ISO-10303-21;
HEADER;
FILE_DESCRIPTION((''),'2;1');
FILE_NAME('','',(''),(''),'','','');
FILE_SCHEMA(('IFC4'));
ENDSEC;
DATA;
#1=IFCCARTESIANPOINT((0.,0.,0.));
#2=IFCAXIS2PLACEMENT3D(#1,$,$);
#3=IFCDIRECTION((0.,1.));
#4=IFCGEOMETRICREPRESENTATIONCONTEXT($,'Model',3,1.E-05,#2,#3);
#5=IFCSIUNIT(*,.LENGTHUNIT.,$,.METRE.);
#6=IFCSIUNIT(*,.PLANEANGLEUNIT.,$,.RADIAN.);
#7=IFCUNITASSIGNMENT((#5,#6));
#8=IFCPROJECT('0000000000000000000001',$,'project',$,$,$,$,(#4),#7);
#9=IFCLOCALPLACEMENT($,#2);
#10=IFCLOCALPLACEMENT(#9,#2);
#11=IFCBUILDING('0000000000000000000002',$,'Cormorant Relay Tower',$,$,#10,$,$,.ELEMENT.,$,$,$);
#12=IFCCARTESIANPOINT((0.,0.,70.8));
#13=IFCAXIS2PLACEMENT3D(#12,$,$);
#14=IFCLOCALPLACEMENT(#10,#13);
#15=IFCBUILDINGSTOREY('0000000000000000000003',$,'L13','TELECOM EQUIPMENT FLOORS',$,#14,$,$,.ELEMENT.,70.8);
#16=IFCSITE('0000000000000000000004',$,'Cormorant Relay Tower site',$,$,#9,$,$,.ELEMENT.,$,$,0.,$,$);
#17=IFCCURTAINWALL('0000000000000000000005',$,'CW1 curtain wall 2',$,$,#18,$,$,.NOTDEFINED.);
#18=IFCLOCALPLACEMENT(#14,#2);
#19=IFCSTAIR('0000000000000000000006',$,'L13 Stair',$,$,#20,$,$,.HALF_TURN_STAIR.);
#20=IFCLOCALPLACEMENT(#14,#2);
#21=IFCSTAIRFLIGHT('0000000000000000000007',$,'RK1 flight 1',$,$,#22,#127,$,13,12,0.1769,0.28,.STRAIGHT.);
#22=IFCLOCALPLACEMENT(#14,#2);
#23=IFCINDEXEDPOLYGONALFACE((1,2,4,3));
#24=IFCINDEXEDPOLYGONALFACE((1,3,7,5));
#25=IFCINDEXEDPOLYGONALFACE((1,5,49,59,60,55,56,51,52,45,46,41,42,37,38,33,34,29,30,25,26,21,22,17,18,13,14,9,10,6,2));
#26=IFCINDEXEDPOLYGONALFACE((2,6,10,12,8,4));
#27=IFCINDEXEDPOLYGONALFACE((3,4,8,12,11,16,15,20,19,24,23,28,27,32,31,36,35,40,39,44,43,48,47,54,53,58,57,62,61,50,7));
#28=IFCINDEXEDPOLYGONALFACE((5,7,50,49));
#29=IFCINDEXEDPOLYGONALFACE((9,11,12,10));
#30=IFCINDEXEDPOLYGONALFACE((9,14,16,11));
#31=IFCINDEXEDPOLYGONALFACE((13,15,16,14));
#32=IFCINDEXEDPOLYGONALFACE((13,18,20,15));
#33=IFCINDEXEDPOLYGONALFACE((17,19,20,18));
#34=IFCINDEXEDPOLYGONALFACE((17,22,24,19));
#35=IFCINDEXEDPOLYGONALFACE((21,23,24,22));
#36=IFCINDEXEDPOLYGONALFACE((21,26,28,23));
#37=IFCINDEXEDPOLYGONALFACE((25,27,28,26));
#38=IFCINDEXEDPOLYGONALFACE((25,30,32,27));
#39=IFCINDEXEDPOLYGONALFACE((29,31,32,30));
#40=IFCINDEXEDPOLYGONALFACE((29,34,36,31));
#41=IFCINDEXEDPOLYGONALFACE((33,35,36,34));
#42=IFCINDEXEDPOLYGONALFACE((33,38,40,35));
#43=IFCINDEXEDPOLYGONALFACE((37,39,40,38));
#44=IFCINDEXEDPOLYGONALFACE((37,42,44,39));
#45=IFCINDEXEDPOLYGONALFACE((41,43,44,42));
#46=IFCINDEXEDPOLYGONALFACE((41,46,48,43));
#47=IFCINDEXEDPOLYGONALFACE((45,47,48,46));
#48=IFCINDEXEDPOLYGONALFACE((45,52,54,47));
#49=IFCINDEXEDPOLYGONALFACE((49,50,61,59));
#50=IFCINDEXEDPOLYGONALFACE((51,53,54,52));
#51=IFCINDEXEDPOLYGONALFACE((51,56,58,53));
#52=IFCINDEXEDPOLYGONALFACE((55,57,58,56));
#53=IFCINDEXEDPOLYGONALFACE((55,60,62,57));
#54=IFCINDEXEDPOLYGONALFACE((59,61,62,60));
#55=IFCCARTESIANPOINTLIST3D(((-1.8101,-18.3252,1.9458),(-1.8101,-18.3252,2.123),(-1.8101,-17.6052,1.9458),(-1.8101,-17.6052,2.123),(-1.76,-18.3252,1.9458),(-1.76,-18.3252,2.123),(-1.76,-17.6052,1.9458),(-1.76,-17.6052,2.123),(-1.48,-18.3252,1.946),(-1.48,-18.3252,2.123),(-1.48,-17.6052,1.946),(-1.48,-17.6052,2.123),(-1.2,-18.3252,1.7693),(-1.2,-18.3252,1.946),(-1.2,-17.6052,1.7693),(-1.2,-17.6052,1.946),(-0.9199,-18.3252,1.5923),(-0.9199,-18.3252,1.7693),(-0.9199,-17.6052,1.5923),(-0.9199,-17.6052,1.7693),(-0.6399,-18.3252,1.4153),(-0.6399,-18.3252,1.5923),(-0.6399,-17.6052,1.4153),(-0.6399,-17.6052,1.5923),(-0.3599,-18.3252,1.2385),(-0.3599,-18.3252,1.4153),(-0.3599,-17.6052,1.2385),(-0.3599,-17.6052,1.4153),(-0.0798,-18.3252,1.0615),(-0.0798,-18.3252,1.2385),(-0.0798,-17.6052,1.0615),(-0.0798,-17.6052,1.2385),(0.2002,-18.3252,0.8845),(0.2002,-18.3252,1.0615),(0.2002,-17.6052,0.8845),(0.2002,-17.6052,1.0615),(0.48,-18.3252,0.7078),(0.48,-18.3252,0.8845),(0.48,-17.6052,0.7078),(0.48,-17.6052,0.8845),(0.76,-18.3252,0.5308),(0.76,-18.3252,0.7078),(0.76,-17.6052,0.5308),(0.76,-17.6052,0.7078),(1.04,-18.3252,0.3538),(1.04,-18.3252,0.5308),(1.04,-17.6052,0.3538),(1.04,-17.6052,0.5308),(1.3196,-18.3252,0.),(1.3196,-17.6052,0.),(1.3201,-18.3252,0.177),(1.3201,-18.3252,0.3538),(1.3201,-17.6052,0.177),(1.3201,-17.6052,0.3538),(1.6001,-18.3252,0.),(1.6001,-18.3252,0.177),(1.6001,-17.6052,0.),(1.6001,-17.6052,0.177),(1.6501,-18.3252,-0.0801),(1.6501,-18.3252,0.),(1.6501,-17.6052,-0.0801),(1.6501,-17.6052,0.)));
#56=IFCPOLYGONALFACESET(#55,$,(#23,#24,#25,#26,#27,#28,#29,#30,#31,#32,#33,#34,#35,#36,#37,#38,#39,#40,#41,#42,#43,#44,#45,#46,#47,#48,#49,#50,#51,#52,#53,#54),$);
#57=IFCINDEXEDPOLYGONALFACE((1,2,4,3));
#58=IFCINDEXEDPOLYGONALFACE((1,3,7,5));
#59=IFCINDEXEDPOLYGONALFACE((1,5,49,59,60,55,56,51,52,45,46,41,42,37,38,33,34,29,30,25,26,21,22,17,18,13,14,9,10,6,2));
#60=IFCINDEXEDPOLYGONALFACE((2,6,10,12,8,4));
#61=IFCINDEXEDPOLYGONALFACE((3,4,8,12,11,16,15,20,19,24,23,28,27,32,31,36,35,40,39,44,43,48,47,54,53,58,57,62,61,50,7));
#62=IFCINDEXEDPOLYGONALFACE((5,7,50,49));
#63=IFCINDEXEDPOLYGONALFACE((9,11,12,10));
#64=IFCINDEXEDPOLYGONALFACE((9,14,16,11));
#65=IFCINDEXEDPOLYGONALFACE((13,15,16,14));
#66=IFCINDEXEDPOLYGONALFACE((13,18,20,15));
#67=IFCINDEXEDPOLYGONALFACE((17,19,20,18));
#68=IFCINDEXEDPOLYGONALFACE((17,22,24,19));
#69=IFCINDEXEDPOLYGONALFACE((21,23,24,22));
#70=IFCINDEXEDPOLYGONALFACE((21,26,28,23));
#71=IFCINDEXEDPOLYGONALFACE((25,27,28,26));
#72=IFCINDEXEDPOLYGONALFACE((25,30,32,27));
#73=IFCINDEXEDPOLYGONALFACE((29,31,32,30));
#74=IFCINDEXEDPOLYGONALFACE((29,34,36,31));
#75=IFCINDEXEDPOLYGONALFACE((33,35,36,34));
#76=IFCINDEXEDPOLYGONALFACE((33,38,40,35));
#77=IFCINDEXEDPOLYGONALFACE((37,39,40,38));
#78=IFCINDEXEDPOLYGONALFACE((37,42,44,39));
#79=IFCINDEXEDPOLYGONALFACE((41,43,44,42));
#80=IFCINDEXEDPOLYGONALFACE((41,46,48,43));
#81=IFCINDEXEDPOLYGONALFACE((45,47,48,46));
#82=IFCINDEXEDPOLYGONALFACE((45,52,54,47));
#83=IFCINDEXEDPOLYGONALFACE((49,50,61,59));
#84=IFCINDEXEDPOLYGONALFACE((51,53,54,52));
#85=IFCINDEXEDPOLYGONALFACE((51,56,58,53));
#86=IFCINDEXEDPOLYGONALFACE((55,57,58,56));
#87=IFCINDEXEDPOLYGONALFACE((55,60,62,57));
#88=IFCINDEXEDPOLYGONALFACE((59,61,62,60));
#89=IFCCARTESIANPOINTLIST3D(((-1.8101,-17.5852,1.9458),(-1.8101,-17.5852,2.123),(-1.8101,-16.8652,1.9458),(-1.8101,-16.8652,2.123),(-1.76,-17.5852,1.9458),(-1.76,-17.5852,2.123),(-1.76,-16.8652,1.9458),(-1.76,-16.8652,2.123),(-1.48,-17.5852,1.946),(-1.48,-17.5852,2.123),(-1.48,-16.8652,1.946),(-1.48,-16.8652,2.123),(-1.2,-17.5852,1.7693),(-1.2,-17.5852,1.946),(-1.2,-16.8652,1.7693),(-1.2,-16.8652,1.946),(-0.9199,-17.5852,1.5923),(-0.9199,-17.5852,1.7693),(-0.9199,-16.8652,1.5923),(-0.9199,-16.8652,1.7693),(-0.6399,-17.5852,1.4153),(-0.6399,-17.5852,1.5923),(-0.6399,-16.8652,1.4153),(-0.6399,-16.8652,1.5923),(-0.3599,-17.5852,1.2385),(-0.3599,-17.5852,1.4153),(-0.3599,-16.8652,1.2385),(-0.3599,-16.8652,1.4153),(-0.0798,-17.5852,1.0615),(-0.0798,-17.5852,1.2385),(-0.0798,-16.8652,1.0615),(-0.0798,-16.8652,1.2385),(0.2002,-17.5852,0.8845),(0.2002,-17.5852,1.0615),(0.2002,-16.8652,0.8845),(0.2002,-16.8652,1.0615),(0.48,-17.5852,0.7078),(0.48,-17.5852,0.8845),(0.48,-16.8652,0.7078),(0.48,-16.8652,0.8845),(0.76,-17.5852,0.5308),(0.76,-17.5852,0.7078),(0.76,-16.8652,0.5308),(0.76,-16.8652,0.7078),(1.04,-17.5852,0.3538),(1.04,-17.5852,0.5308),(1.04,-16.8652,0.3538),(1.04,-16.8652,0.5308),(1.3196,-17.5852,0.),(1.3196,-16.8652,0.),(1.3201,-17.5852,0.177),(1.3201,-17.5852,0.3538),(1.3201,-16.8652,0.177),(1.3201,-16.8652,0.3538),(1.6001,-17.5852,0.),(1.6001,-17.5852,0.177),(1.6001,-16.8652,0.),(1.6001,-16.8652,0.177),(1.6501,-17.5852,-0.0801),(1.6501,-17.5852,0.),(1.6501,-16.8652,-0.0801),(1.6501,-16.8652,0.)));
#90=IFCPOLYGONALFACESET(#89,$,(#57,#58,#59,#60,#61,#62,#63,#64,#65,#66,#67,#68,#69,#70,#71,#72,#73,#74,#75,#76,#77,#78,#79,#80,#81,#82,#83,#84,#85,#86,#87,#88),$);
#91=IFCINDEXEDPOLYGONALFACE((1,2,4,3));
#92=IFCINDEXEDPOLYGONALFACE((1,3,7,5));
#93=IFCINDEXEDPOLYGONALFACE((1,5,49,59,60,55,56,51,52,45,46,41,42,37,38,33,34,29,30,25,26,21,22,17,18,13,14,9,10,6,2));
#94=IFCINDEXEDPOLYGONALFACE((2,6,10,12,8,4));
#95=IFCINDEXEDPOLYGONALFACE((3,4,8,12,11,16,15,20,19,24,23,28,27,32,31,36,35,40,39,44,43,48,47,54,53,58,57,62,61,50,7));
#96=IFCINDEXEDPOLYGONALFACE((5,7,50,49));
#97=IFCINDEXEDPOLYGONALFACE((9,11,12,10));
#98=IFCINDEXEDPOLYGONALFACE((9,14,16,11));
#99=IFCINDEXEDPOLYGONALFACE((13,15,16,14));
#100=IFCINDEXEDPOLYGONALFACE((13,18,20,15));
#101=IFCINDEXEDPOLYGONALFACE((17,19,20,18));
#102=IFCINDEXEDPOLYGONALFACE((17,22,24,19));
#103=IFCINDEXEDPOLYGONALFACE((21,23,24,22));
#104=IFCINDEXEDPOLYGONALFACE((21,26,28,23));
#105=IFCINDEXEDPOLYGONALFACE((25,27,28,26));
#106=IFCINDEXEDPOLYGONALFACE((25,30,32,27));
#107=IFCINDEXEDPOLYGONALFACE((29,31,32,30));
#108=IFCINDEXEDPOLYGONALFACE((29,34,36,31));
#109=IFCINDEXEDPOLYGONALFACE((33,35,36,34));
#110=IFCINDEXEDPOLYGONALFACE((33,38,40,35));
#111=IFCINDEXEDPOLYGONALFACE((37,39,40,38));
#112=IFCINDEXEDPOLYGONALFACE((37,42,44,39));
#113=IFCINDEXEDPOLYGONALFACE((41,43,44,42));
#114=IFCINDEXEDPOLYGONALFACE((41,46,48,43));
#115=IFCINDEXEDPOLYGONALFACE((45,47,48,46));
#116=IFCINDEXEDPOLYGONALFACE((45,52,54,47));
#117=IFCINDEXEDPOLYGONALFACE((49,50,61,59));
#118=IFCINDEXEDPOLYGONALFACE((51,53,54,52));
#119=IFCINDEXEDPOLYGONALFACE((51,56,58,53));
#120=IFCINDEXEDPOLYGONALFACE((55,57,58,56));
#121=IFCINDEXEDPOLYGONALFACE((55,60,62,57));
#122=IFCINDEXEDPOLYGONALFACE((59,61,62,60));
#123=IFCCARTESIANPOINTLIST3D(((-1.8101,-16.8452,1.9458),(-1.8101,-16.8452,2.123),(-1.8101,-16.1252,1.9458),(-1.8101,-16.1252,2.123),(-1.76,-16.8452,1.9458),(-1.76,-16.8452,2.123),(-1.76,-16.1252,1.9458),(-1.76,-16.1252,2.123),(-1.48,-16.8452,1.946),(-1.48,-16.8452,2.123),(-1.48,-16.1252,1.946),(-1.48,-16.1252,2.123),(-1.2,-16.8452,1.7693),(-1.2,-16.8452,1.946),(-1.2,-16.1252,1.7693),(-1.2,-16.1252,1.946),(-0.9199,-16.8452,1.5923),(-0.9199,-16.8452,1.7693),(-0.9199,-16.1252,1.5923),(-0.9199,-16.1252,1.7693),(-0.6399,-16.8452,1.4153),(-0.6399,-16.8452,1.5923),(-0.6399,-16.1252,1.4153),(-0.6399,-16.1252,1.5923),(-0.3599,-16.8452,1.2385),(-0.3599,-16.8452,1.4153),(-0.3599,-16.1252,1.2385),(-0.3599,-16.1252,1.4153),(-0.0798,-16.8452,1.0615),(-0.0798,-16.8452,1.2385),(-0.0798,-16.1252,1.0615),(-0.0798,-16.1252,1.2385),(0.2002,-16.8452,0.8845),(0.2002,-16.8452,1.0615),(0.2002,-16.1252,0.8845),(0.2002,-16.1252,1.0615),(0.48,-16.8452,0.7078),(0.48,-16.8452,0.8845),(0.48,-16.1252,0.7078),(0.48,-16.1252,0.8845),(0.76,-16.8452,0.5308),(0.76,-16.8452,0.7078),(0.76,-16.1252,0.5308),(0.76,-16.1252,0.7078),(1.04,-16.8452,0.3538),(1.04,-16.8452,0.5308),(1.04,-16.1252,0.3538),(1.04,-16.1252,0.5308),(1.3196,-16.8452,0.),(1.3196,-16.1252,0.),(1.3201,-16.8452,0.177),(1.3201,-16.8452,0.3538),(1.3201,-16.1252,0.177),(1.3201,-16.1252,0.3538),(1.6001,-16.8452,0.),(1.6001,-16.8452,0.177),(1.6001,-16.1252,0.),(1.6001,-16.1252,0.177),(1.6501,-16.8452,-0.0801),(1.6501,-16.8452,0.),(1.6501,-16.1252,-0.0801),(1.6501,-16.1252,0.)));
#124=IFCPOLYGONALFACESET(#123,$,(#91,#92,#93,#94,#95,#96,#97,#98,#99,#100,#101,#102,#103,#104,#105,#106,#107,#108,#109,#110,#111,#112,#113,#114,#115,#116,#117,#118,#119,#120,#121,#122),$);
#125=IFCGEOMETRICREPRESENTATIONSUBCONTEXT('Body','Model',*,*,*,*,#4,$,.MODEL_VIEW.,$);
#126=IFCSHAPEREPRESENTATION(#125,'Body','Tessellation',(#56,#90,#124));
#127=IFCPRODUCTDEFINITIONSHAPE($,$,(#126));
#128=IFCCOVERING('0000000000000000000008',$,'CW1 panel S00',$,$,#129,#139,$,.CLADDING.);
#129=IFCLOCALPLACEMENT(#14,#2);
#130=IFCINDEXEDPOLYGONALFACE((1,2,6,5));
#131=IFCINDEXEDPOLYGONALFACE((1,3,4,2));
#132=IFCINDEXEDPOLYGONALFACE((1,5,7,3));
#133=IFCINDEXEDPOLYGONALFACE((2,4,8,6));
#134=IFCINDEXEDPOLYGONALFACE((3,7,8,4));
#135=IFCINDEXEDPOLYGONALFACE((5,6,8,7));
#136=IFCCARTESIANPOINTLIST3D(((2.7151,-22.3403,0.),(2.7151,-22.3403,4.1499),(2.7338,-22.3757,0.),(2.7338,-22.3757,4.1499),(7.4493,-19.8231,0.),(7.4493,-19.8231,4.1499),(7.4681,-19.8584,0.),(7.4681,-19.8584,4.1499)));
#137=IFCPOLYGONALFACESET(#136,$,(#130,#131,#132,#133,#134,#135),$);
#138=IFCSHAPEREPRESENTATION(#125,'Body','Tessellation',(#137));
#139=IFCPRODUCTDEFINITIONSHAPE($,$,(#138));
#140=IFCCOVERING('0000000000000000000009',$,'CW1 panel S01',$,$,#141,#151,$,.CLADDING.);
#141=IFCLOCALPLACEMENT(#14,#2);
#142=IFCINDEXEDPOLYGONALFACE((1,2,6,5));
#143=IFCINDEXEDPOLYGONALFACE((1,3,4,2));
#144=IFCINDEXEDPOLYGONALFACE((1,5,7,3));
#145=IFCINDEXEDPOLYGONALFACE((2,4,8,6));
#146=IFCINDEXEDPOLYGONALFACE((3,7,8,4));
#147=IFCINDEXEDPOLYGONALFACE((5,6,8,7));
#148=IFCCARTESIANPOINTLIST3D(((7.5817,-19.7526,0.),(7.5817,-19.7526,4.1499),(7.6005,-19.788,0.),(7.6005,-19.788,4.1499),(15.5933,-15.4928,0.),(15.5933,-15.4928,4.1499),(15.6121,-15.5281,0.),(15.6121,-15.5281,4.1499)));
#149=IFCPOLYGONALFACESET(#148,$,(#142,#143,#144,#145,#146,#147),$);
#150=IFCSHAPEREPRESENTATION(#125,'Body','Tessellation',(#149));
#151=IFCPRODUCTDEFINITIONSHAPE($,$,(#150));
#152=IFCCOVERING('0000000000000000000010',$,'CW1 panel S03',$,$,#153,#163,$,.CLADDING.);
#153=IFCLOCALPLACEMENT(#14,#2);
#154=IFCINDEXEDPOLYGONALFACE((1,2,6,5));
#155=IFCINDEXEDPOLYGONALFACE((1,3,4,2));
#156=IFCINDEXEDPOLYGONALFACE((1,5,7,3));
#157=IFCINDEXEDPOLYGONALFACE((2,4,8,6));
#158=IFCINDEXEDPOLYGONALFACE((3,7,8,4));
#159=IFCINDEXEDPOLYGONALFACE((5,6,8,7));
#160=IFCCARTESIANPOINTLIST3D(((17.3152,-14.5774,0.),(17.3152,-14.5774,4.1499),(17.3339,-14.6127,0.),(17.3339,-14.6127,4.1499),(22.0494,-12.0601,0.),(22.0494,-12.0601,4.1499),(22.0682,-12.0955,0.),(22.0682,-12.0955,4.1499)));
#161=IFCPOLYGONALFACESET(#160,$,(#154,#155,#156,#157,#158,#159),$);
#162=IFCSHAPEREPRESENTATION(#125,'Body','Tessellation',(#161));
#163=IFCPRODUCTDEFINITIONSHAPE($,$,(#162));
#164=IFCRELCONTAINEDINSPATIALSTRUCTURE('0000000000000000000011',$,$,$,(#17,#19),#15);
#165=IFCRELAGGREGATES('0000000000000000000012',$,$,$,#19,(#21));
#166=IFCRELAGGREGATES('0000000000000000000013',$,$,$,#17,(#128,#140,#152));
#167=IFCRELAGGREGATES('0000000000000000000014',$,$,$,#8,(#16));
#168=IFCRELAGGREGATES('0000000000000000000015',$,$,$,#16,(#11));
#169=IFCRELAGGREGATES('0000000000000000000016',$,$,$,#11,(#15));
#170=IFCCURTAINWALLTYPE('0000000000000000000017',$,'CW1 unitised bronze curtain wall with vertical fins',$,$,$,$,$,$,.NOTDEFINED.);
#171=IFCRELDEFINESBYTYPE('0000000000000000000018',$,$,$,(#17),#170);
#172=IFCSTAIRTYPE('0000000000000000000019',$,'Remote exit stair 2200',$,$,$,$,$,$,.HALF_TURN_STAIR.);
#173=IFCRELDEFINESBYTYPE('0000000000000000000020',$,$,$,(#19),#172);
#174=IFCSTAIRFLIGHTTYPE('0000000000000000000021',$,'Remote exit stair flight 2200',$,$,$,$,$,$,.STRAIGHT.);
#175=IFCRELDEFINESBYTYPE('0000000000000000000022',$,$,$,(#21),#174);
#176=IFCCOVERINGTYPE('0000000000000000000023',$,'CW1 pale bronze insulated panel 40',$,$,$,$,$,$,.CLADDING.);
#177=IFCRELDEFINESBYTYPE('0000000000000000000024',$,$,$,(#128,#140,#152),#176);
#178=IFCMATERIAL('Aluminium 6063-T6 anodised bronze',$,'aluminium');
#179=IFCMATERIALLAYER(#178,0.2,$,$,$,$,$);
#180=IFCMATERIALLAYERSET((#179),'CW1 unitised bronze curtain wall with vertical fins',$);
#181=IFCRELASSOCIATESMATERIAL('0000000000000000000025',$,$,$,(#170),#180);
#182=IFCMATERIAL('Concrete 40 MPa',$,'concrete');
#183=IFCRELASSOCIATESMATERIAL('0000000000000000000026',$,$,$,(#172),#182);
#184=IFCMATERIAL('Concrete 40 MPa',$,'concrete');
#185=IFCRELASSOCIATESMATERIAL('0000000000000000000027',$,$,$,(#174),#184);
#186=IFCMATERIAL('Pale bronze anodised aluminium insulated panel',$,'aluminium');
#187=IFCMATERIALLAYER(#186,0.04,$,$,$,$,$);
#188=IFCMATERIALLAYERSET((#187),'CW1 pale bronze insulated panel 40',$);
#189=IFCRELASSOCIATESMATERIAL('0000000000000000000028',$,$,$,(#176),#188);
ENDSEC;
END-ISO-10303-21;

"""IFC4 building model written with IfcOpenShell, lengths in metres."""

from ifc_helpers import new_model, si_unit, direction, frame, origin, origin_2d, place, context, subcontext, project, spatial, polyline, rectangle, outline, extrude, material, layer, layer_set, type_object, element, aggregate, save


model = new_model("IFC4")

# Units and contexts
model_context = context("Model", 3, precision=1e-05, world=origin(), true_north=direction((0.0, 1.0)))
body_context = subcontext(model_context, "Body", "Model", "MODEL_VIEW")
ifc_project = project(units=[si_unit("LENGTHUNIT", "METRE"), si_unit("PLANEANGLEUNIT", "RADIAN")], contexts=[model_context])

# Site, building, storey
site_placement = place(None, origin())
site = spatial("IfcSite", under=ifc_project, at=site_placement, Name="Cormorant Relay Tower site", CompositionType="ELEMENT", RefElevation=0.0)
building_placement = place(site_placement, origin())
building = spatial("IfcBuilding", under=site, at=building_placement, Name="Cormorant Relay Tower", CompositionType="ELEMENT")
storey_placement = place(building_placement, frame((0.0, 0.0, 70.8)))
storey = spatial("IfcBuildingStorey", under=building, at=storey_placement, Name="L13", Description="TELECOM EQUIPMENT FLOORS", CompositionType="ELEMENT", Elevation=70.8)

# Curtain wall
ifc_material_1 = material(Name="Aluminium 6063-T6 anodised bronze", Category="aluminium")
ifc_layer_1 = layer(ifc_material_1, 0.2)
ifc_layer_set_1 = layer_set([ifc_layer_1], Name="CW1 unitised bronze curtain wall with vertical fins")
curtain_wall_type = type_object("IfcCurtainWallType", Name="CW1 unitised bronze curtain wall with vertical fins", PredefinedType="NOTDEFINED", material=ifc_layer_set_1)
curtain_wall_1_placement = place(storey_placement, origin())
curtain_wall_1 = element("IfcCurtainWall", 1, at=curtain_wall_1_placement, inside=storey, type_object=curtain_wall_type, Name="CW1 curtain wall 2", PredefinedType="NOTDEFINED")

# Stair, stair flight
ifc_material_2 = material(Name="Concrete 40 MPa", Category="concrete")
stair_type = type_object("IfcStairType", Name="Remote exit stair 2200", PredefinedType="HALF_TURN_STAIR", material=ifc_material_2)
stair_placement = place(storey_placement, origin())
stair = element("IfcStair", 2, at=stair_placement, inside=storey, type_object=stair_type, Name="L13 Stair", PredefinedType="HALF_TURN_STAIR")
ifc_material_3 = material(Name="Concrete 40 MPa", Category="concrete")
stair_flight_type = type_object("IfcStairFlightType", Name="Remote exit stair flight 2200", PredefinedType="STRAIGHT", material=ifc_material_3)
stair_flight_placement = place(storey_placement, frame((1.6001, -17.2251, 0.0), z_axis=(0.0, 0.0, 1.0), x_axis=(-1.0, 0.0, 0.0)))
stair_flight = element("IfcStairFlight", 3, at=stair_flight_placement, type_object=stair_flight_type, Name="RK1 flight 1", NumberOfRisers=13, NumberOfTreads=12, PredefinedType="STRAIGHT", RiserHeight=0.1769, TreadLength=0.28, context=body_context, shape_type="SweptSolid", body=[
    extrude(outline(polyline([(-0.05, -0.0801), (-0.05, 0.0), (0.0, 0.0), (0.0, 0.177), (0.28, 0.177), (0.28, 0.3538), (0.5601, 0.3538), (0.5601, 0.5308), (0.8401, 0.5308), (0.8401, 0.7078), (1.1201, 0.7078), (1.1201, 0.8845), (1.3999, 0.8845), (1.3999, 1.0615), (1.6799, 1.0615), (1.6799, 1.2385), (1.96, 1.2385), (1.96, 1.4153), (2.24, 1.4153), (2.24, 1.5923), (2.52, 1.5923), (2.52, 1.7693), (2.8, 1.7693), (2.8, 1.946), (3.0801, 1.946), (3.0801, 2.123), (3.3601, 2.123), (3.4102, 2.123), (3.4102, 1.9458), (3.3601, 1.9458), (0.2805, 0.0), (-0.05, -0.0801)])), frame((0.0, 1.1001, 0.0), z_axis=(0.0, -1.0, 0.0), x_axis=(1.0, 0.0, 0.0)), (0.0, 0.0, 1.0), 0.72),
    extrude(outline(polyline([(-0.05, -0.0801), (-0.05, 0.0), (0.0, 0.0), (0.0, 0.177), (0.28, 0.177), (0.28, 0.3538), (0.5601, 0.3538), (0.5601, 0.5308), (0.8401, 0.5308), (0.8401, 0.7078), (1.1201, 0.7078), (1.1201, 0.8845), (1.3999, 0.8845), (1.3999, 1.0615), (1.6799, 1.0615), (1.6799, 1.2385), (1.96, 1.2385), (1.96, 1.4153), (2.24, 1.4153), (2.24, 1.5923), (2.52, 1.5923), (2.52, 1.7693), (2.8, 1.7693), (2.8, 1.946), (3.0801, 1.946), (3.0801, 2.123), (3.3601, 2.123), (3.4102, 2.123), (3.4102, 1.9458), (3.3601, 1.9458), (0.2805, 0.0), (-0.05, -0.0801)])), frame((0.0, 0.3601, 0.0), z_axis=(0.0, -1.0, 0.0), x_axis=(1.0, 0.0, 0.0)), (0.0, 0.0, 1.0), 0.72),
    extrude(outline(polyline([(-0.05, -0.0801), (-0.05, 0.0), (0.0, 0.0), (0.0, 0.177), (0.28, 0.177), (0.28, 0.3538), (0.5601, 0.3538), (0.5601, 0.5308), (0.8401, 0.5308), (0.8401, 0.7078), (1.1201, 0.7078), (1.1201, 0.8845), (1.3999, 0.8845), (1.3999, 1.0615), (1.6799, 1.0615), (1.6799, 1.2385), (1.96, 1.2385), (1.96, 1.4153), (2.24, 1.4153), (2.24, 1.5923), (2.52, 1.5923), (2.52, 1.7693), (2.8, 1.7693), (2.8, 1.946), (3.0801, 1.946), (3.0801, 2.123), (3.3601, 2.123), (3.4102, 2.123), (3.4102, 1.9458), (3.3601, 1.9458), (0.2805, 0.0), (-0.05, -0.0801)])), frame((0.0, -0.3799, 0.0), z_axis=(0.0, -1.0, 0.0), x_axis=(1.0, 0.0, 0.0)), (0.0, 0.0, 1.0), 0.72),
])
aggregate(stair, [stair_flight])

# Coverings
ifc_material_4 = material(Name="Pale bronze anodised aluminium insulated panel", Category="aluminium")
ifc_layer_2 = layer(ifc_material_4, 0.04)
ifc_layer_set_2 = layer_set([ifc_layer_2], Name="CW1 pale bronze insulated panel 40")
covering_type = type_object("IfcCoveringType", Name="CW1 pale bronze insulated panel 40", PredefinedType="CLADDING", material=ifc_layer_set_2)
covering_1_placement = place(storey_placement, frame((5.0916, -21.0994, 0.0), z_axis=(0.0, 0.0, 1.0), x_axis=(0.882948, 0.469472, 0.0)))
covering_1 = element("IfcCovering", 4, at=covering_1_placement, type_object=covering_type, Name="CW1 panel S00", PredefinedType="CLADDING", context=body_context, shape_type="SweptSolid", body=[
    extrude(rectangle(XDim=5.3618, YDim=0.04, at=origin_2d()), origin(), (0.0, 0.0, 1.0), 4.1499),
])
covering_2_placement = place(storey_placement, frame((11.5969, -17.6404, 0.0), z_axis=(0.0, 0.0, 1.0), x_axis=(0.882948, 0.469472, 0.0)))
covering_2 = element("IfcCovering", 5, at=covering_2_placement, type_object=covering_type, Name="CW1 panel S01", PredefinedType="CLADDING", context=body_context, shape_type="SweptSolid", body=[
    extrude(rectangle(XDim=9.0737, YDim=0.04, at=origin_2d()), origin(), (0.0, 0.0, 1.0), 4.1499),
])
covering_3_placement = place(storey_placement, frame((19.6917, -13.3364, 0.0), z_axis=(0.0, 0.0, 1.0), x_axis=(0.882948, 0.469472, 0.0)))
covering_3 = element("IfcCovering", 6, at=covering_3_placement, type_object=covering_type, Name="CW1 panel S03", PredefinedType="CLADDING", context=body_context, shape_type="SweptSolid", body=[
    extrude(rectangle(XDim=5.3618, YDim=0.04, at=origin_2d()), origin(), (0.0, 0.0, 1.0), 4.1499),
])
aggregate(curtain_wall_1, [covering_1, covering_2, covering_3])

save(model, "model.ifc")
